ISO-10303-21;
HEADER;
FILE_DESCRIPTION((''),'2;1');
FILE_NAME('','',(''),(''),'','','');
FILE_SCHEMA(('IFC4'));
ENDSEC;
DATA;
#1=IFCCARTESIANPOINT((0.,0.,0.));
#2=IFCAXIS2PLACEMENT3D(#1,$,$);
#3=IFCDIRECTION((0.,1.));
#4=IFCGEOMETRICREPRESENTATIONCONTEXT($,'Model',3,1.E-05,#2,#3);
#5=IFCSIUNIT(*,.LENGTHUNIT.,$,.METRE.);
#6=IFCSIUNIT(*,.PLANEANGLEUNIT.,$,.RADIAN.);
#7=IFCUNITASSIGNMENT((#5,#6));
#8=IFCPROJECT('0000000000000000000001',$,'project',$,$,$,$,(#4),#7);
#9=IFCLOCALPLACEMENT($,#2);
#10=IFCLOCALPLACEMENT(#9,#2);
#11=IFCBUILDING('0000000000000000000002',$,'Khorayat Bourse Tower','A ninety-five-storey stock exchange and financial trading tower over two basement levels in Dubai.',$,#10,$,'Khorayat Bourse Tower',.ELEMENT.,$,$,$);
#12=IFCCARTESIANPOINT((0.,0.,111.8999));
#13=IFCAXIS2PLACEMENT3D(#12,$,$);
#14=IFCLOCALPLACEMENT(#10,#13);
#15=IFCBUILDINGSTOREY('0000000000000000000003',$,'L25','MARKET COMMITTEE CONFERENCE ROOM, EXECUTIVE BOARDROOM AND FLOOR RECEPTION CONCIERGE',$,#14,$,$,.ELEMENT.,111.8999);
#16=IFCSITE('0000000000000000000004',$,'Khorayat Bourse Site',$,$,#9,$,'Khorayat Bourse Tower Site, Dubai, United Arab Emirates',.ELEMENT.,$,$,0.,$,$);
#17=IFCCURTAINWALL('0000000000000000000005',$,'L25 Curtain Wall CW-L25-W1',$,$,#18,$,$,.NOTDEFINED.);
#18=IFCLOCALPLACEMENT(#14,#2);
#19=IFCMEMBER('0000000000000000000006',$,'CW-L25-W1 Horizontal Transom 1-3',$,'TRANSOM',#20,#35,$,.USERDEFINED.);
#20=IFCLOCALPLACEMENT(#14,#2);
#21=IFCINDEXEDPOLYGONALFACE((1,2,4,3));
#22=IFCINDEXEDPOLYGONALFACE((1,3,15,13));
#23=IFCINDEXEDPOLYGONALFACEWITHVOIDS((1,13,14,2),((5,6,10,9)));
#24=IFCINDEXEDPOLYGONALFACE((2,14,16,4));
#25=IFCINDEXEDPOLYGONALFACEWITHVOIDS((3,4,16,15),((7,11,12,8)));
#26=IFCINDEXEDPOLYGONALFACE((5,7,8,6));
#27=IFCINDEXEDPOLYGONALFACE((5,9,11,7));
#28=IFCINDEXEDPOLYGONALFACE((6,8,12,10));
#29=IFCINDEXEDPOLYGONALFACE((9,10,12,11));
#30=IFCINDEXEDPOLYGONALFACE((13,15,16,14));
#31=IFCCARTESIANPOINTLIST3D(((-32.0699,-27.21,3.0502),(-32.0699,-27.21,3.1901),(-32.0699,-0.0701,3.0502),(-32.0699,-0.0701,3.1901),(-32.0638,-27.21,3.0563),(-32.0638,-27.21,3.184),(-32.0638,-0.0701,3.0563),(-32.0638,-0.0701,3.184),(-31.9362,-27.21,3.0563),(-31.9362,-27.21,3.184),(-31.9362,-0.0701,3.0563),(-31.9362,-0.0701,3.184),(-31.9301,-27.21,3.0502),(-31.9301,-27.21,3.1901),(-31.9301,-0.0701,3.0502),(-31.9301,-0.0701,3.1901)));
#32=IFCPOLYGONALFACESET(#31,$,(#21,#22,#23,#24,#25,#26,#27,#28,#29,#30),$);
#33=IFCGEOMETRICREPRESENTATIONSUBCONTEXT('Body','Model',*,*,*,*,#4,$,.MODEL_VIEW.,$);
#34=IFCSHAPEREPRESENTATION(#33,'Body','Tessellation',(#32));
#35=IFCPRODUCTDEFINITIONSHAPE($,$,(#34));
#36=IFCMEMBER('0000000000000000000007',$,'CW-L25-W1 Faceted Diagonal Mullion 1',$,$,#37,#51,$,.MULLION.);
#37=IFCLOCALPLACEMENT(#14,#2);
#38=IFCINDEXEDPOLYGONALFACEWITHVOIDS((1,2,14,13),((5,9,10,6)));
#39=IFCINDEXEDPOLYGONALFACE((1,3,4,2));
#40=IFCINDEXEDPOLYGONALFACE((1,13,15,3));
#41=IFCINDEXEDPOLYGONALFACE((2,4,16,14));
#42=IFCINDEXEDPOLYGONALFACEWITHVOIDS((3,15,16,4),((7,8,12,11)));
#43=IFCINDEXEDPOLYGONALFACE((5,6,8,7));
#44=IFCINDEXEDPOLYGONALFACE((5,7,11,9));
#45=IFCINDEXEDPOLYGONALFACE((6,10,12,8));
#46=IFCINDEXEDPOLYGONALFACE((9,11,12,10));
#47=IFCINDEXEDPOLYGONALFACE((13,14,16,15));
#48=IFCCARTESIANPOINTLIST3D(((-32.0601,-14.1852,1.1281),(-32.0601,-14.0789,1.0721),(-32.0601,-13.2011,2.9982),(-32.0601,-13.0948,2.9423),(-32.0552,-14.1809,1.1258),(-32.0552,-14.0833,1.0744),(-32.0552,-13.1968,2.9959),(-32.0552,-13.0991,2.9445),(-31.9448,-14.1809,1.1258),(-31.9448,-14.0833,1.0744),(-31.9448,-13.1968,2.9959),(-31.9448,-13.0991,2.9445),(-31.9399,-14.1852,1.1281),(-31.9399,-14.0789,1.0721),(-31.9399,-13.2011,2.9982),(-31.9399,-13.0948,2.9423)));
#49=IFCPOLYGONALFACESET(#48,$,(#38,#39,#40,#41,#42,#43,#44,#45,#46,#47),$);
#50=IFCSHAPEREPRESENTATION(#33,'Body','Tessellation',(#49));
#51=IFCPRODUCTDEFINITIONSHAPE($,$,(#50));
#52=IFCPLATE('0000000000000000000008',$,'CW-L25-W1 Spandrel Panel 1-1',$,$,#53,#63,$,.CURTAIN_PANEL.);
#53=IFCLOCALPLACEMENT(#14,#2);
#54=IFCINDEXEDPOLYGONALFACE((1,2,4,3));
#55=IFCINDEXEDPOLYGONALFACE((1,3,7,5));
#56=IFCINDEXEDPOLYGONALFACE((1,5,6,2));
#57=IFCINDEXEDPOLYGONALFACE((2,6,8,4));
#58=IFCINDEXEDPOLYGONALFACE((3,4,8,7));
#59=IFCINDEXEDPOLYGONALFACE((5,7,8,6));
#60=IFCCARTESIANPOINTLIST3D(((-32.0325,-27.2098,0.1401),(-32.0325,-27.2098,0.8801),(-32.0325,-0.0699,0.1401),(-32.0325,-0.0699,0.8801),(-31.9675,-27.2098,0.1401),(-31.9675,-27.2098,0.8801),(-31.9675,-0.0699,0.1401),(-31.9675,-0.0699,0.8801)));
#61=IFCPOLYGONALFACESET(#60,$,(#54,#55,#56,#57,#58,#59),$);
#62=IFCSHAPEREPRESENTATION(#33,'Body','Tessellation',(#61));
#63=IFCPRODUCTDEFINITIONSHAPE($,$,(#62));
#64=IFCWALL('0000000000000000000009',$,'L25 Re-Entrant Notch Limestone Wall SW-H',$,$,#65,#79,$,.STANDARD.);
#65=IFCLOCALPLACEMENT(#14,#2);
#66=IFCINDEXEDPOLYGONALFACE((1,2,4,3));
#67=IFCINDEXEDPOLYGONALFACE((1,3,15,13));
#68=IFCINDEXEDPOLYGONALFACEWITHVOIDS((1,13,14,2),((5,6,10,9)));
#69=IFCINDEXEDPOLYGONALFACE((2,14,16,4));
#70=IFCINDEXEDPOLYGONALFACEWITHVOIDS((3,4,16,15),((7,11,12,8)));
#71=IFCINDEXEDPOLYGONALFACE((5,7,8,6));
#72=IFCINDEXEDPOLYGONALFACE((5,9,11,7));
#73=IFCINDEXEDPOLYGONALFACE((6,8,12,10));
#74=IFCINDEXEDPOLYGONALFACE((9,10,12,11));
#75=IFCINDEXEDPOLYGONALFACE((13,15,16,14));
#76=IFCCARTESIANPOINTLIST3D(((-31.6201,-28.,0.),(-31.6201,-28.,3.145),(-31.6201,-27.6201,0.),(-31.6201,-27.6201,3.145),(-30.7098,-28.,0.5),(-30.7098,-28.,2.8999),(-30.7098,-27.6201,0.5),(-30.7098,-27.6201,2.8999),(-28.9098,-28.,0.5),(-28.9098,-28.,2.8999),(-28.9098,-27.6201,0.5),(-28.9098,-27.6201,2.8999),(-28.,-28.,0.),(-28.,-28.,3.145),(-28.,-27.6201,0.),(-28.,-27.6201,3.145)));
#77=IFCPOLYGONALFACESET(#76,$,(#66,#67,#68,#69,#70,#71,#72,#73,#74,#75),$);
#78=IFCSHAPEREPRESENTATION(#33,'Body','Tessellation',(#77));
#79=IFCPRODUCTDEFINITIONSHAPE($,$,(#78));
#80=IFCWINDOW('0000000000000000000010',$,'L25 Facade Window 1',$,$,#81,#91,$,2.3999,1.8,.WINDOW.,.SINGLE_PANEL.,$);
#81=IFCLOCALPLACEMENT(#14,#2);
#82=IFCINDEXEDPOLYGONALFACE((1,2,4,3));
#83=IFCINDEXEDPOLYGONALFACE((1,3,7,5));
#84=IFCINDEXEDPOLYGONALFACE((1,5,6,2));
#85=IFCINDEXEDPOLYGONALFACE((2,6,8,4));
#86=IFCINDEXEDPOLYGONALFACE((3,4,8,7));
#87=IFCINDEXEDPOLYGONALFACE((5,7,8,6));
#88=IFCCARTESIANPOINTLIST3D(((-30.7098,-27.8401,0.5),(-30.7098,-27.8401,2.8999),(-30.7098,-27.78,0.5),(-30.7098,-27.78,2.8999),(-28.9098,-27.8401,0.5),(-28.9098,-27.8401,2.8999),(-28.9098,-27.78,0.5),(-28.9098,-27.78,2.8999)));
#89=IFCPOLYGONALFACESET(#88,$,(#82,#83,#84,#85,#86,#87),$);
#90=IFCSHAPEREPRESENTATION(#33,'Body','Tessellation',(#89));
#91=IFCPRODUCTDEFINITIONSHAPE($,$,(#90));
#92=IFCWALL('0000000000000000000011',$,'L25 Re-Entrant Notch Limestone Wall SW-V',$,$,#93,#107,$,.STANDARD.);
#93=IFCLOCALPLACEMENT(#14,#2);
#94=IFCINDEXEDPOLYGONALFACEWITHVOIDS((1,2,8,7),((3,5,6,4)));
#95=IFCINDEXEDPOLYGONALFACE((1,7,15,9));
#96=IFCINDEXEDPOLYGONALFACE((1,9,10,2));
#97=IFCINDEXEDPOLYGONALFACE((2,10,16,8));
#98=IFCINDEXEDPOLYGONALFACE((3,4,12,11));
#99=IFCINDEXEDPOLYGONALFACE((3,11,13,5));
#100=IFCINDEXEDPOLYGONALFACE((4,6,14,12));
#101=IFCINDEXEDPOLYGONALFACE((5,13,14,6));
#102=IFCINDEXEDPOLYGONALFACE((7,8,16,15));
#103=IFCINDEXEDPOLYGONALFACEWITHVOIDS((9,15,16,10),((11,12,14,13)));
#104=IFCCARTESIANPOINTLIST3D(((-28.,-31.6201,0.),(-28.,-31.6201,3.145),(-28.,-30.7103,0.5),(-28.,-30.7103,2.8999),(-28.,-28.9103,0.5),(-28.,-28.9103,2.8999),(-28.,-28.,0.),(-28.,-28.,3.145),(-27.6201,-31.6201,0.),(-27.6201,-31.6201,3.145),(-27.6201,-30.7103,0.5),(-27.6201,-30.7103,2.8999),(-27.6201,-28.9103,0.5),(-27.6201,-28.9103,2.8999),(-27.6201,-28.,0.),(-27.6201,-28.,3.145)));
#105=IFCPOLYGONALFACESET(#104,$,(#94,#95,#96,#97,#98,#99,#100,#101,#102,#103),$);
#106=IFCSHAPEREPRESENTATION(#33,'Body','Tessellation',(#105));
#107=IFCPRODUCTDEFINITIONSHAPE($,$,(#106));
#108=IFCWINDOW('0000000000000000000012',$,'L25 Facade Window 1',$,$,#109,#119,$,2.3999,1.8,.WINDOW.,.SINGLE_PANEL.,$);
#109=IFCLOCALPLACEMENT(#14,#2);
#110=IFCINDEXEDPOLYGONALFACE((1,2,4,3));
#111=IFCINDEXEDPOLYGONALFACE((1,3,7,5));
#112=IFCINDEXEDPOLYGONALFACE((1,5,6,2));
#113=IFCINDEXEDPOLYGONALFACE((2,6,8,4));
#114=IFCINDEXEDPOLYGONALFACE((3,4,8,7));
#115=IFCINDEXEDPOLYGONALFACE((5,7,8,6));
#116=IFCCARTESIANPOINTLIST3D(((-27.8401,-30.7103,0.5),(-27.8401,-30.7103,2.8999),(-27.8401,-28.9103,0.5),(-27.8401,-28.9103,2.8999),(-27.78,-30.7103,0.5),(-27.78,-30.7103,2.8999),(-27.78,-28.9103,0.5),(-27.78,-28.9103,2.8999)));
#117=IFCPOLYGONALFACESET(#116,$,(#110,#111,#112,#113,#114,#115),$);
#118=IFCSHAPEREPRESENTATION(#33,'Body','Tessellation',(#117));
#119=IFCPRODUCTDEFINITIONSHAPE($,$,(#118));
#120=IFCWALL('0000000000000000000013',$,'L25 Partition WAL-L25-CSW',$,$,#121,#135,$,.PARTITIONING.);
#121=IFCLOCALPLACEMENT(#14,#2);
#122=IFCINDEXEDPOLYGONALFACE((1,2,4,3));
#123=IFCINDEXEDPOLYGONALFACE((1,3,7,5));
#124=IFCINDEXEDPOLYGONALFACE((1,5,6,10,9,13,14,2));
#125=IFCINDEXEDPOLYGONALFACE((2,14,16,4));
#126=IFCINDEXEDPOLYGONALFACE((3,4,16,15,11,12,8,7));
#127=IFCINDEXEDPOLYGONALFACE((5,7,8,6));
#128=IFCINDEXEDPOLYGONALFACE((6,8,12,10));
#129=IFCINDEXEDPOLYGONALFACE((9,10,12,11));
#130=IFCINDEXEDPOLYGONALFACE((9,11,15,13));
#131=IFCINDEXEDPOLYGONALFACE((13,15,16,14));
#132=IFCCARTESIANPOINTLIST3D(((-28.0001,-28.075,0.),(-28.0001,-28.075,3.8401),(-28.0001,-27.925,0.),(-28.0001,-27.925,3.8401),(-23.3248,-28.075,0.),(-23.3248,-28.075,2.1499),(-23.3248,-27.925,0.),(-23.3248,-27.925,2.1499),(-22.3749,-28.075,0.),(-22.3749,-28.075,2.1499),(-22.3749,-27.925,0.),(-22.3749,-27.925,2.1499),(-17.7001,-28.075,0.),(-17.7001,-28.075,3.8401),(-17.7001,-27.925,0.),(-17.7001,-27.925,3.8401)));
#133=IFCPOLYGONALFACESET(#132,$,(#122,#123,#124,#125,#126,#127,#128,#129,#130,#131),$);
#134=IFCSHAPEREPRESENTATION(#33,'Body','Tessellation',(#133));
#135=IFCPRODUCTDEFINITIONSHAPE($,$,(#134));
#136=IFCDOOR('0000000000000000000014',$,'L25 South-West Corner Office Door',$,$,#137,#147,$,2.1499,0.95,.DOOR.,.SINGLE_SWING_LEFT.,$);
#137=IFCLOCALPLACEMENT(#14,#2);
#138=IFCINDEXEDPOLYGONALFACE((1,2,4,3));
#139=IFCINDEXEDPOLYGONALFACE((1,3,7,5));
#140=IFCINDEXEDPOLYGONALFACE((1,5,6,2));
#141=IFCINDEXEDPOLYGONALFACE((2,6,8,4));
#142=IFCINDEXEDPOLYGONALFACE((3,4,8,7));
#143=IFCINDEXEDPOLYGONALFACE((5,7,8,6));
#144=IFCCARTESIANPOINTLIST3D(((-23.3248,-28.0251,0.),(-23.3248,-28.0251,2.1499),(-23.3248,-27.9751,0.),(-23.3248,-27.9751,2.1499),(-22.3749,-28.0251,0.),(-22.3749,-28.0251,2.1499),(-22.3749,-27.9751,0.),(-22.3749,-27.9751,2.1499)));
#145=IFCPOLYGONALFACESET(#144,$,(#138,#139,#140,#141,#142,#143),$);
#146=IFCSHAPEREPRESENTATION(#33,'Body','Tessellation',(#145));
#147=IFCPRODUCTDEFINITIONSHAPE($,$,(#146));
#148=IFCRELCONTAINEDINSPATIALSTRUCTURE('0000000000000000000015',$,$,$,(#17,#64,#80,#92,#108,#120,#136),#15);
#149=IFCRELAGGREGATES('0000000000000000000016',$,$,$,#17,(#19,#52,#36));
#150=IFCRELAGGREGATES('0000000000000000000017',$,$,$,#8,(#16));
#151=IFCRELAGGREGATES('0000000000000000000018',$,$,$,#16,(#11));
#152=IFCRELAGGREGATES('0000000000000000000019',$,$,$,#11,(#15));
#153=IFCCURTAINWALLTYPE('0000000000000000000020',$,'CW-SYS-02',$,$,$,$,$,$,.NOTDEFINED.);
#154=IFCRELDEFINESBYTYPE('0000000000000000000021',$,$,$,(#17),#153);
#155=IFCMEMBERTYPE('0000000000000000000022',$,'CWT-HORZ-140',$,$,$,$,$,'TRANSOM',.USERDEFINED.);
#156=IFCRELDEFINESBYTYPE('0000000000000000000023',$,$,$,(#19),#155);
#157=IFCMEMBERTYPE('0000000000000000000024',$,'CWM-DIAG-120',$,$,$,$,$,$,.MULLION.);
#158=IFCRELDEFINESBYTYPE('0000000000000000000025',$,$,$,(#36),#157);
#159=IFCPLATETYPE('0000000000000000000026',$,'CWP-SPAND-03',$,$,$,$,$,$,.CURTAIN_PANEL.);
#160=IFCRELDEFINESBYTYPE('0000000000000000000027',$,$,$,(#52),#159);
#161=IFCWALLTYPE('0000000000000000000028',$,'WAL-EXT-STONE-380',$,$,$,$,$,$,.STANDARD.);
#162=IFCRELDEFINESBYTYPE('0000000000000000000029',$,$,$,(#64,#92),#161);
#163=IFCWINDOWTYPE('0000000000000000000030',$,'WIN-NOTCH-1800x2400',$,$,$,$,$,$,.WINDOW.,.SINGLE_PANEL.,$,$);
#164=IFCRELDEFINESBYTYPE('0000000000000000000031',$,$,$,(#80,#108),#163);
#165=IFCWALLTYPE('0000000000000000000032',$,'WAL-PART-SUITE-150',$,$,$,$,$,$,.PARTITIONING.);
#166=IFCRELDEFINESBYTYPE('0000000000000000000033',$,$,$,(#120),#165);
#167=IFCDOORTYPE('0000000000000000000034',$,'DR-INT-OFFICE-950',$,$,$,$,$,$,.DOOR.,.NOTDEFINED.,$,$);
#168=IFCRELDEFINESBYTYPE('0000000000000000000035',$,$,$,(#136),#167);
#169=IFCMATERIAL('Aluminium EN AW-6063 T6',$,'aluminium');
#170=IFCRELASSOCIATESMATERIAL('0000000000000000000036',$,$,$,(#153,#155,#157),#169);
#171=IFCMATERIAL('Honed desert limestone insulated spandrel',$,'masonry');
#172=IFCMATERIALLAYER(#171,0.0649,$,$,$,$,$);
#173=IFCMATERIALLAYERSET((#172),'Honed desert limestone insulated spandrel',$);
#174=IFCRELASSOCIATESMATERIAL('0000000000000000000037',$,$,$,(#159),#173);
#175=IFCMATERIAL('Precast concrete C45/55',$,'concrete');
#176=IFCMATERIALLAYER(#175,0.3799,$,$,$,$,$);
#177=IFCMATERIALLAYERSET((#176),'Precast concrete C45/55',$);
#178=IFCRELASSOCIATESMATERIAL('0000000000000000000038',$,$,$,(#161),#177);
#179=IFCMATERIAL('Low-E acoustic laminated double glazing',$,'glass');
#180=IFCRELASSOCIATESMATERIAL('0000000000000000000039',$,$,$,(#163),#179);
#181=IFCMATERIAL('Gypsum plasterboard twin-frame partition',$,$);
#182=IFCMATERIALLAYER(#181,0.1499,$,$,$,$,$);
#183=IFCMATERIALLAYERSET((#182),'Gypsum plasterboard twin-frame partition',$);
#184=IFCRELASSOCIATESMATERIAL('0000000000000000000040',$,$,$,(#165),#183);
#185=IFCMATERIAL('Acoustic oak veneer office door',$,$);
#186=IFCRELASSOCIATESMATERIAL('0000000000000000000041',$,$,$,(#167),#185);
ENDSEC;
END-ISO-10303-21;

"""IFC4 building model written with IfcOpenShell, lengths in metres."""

from ifc_helpers import new_model, si_unit, direction, frame, frame_2d, origin, origin_2d, place, context, subcontext, project, spatial, rectangle, hollow_rectangle, extrude, source, transform, mapped, material, layer, layer_set, material_profile, profile_set, type_object, element, fill, aggregate, save


model = new_model("IFC4")

# Units and contexts
model_context = context("Model", 3, precision=1e-05, world=origin(), true_north=direction((0.0, 1.0)))
body_context = subcontext(model_context, "Body", "Model", "MODEL_VIEW")
ifc_project = project(units=[si_unit("LENGTHUNIT", "METRE"), si_unit("PLANEANGLEUNIT", "RADIAN")], contexts=[model_context])

# Site, building, storey
site_placement = place(None, origin())
site = spatial("IfcSite", under=ifc_project, at=site_placement, Name="Khorayat Bourse Site", LongName="Khorayat Bourse Tower Site, Dubai, United Arab Emirates", CompositionType="ELEMENT", RefElevation=0.0)
building_placement = place(site_placement, origin())
building = spatial("IfcBuilding", under=site, at=building_placement, Name="Khorayat Bourse Tower", Description="A ninety-five-storey stock exchange and financial trading tower over two basement levels in Dubai.", LongName="Khorayat Bourse Tower", CompositionType="ELEMENT")
storey_placement = place(building_placement, frame((0.0, 0.0, 111.8999)))
storey = spatial("IfcBuildingStorey", under=building, at=storey_placement, Name="L25", Description="MARKET COMMITTEE CONFERENCE ROOM, EXECUTIVE BOARDROOM AND FLOOR RECEPTION CONCIERGE", CompositionType="ELEMENT", Elevation=111.8999)

# Curtain wall
ifc_material_1 = material(Name="Aluminium EN AW-6063 T6", Category="aluminium")
curtain_wall_type = type_object("IfcCurtainWallType", Name="CW-SYS-02", PredefinedType="NOTDEFINED", material=ifc_material_1)
curtain_wall_1_placement = place(storey_placement, origin())
curtain_wall_1 = element("IfcCurtainWall", 1, at=curtain_wall_1_placement, inside=storey, type_object=curtain_wall_type, Name="L25 Curtain Wall CW-L25-W1", PredefinedType="NOTDEFINED")

# Members
ifc_material_profile_1 = material_profile(ifc_material_1, hollow_rectangle(XDim=0.1399, YDim=0.1399, WallThickness=0.0061, at=origin_2d()), Name="ALU 140x140x6")
ifc_profile_set_1 = profile_set([ifc_material_profile_1], Name="Aluminium EN AW-6063 T6")
member_type_1 = type_object("IfcMemberType", Name="CWT-HORZ-140", ElementType="TRANSOM", PredefinedType="USERDEFINED", material=ifc_profile_set_1)
shared_shape_1 = source(origin(), body_context, "Body", "SweptSolid", [
    extrude(hollow_rectangle(XDim=0.1399, YDim=0.1399, WallThickness=0.0061, at=origin_2d()), origin(), (0.0, 0.0, 1.0), 27.1399),
])
member_1_placement = place(storey_placement, frame((-32.0, -27.21, 3.1201), z_axis=(0.0, 1.0, 0.0), x_axis=(-1.0, 0.0, 0.0)))
member_1 = element("IfcMember", 2, at=member_1_placement, type_object=member_type_1, Name="CW-L25-W1 Horizontal Transom 1-3", ObjectType="TRANSOM", PredefinedType="USERDEFINED", context=body_context, shape_type="MappedRepresentation", body=[
    mapped(shared_shape_1, transform((0.0, 0.0, 0.0), scale=1.0)),
])
ifc_material_profile_2 = material_profile(ifc_material_1, hollow_rectangle(XDim=0.1201, YDim=0.1201, WallThickness=0.0049, at=origin_2d()), Name="ALU 120x120x5")
ifc_profile_set_2 = profile_set([ifc_material_profile_2], Name="Aluminium EN AW-6063 T6")
member_type_2 = type_object("IfcMemberType", Name="CWM-DIAG-120", PredefinedType="MULLION", material=ifc_profile_set_2)
shared_shape_2 = source(origin(), body_context, "Body", "SweptSolid", [
    extrude(hollow_rectangle(XDim=0.1201, YDim=0.1201, WallThickness=0.0049, at=origin_2d()), origin(), (0.0, 0.0, 1.0), 2.1133),
])
member_2_placement = place(storey_placement, frame((-32.0, -14.1321, 1.1001), z_axis=(0.0, 0.465694, 0.884946), x_axis=(-1.0, 0.0, 0.0)))
member_2 = element("IfcMember", 3, at=member_2_placement, type_object=member_type_2, Name="CW-L25-W1 Faceted Diagonal Mullion 1", PredefinedType="MULLION", context=body_context, shape_type="MappedRepresentation", body=[
    mapped(shared_shape_2, transform((0.0, 0.0, 0.0), scale=1.0)),
])

# Plate
ifc_material_2 = material(Name="Honed desert limestone insulated spandrel", Category="masonry")
ifc_layer_1 = layer(ifc_material_2, 0.0649)
ifc_layer_set_1 = layer_set([ifc_layer_1], Name="Honed desert limestone insulated spandrel")
plate_type = type_object("IfcPlateType", Name="CWP-SPAND-03", PredefinedType="CURTAIN_PANEL", material=ifc_layer_set_1)
shared_shape_3 = source(origin(), body_context, "Body", "SweptSolid", [
    extrude(rectangle(XDim=27.1399, YDim=0.0649, at=origin_2d()), origin(), (0.0, 0.0, 1.0), 0.74),
])
plate_placement = place(storey_placement, frame((-32.0, -13.6399, 0.1401), z_axis=(0.0, 0.0, 1.0), x_axis=(0.0, 1.0, 0.0)))
plate = element("IfcPlate", 4, at=plate_placement, type_object=plate_type, Name="CW-L25-W1 Spandrel Panel 1-1", PredefinedType="CURTAIN_PANEL", context=body_context, shape_type="MappedRepresentation", body=[
    mapped(shared_shape_3, transform((0.0, 0.0, 0.0), scale=1.0)),
])
aggregate(curtain_wall_1, [member_1, plate, member_2])

# Walls, openings, windows
ifc_material_3 = material(Name="Precast concrete C45/55", Category="concrete")
ifc_layer_2 = layer(ifc_material_3, 0.3799)
ifc_layer_set_2 = layer_set([ifc_layer_2], Name="Precast concrete C45/55")
wall_type_1 = type_object("IfcWallType", Name="WAL-EXT-STONE-380", PredefinedType="STANDARD", material=ifc_layer_set_2)
shared_shape_4 = source(origin(), body_context, "Body", "SweptSolid", [
    extrude(rectangle(XDim=3.6201, YDim=0.3799, at=frame_2d((1.8101, 0.0))), origin(), (0.0, 0.0, 1.0), 3.145),
])
wall_1_placement = place(storey_placement, frame((-28.0, -27.8101, 0.0), z_axis=(0.0, 0.0, 1.0), x_axis=(-1.0, 0.0, 0.0)))
wall_1 = element("IfcWall", 5, at=wall_1_placement, inside=storey, type_object=wall_type_1, Name="L25 Re-Entrant Notch Limestone Wall SW-H", PredefinedType="STANDARD", context=body_context, shape_type="MappedRepresentation", body=[
    mapped(shared_shape_4, transform((0.0, 0.0, 0.0), scale=1.0)),
])
shared_shape_5 = source(origin(), body_context, "Body", "SweptSolid", [
    extrude(rectangle(XDim=1.8, YDim=2.3999, at=frame_2d((0.8999, 1.2))), frame((0.0, 0.2, 0.0), z_axis=(0.0, -1.0, 0.0), x_axis=(1.0, 0.0, 0.0)), (0.0, 0.0, 1.0), 0.3999),
])
opening_1_placement = place(wall_1_placement, frame((0.9099, 0.0, 0.5)))
opening_1 = element("IfcOpeningElement", 6, at=opening_1_placement, cuts=wall_1, PredefinedType="OPENING", context=body_context, shape_type="MappedRepresentation", body=[
    mapped(shared_shape_5, transform((0.0, 0.0, 0.0), scale=1.0)),
])
ifc_material_4 = material(Name="Low-E acoustic laminated double glazing", Category="glass")
window_type = type_object("IfcWindowType", Name="WIN-NOTCH-1800x2400", PartitioningType="SINGLE_PANEL", PredefinedType="WINDOW", material=ifc_material_4)
shared_shape_6 = source(origin(), body_context, "Body", "SweptSolid", [
    extrude(rectangle(XDim=1.8, YDim=2.3999, at=frame_2d((0.8999, 1.2))), frame((0.0, 0.03, 0.0), z_axis=(0.0, -1.0, 0.0), x_axis=(1.0, 0.0, 0.0)), (0.0, 0.0, 1.0), 0.0601),
])
window_1_placement = place(opening_1_placement, origin())
window_1 = element("IfcWindow", 7, at=window_1_placement, inside=storey, type_object=window_type, Name="L25 Facade Window 1", OverallHeight=2.3999, OverallWidth=1.8, PartitioningType="SINGLE_PANEL", PredefinedType="WINDOW", context=body_context, shape_type="MappedRepresentation", body=[
    mapped(shared_shape_6, transform((0.0, 0.0, 0.0), scale=1.0)),
])
fill(opening_1, window_1)
wall_2_placement = place(storey_placement, frame((-27.8101, -31.6201, 0.0), z_axis=(0.0, 0.0, 1.0), x_axis=(0.0, 1.0, 0.0)))
wall_2 = element("IfcWall", 8, at=wall_2_placement, inside=storey, type_object=wall_type_1, Name="L25 Re-Entrant Notch Limestone Wall SW-V", PredefinedType="STANDARD", context=body_context, shape_type="MappedRepresentation", body=[
    mapped(shared_shape_4, transform((0.0, 0.0, 0.0), scale=1.0)),
])
opening_2_placement = place(wall_2_placement, frame((0.9099, 0.0, 0.5)))
opening_2 = element("IfcOpeningElement", 9, at=opening_2_placement, cuts=wall_2, PredefinedType="OPENING", context=body_context, shape_type="MappedRepresentation", body=[
    mapped(shared_shape_5, transform((0.0, 0.0, 0.0), scale=1.0)),
])
window_2_placement = place(opening_2_placement, origin())
window_2 = element("IfcWindow", 10, at=window_2_placement, inside=storey, type_object=window_type, Name="L25 Facade Window 1", OverallHeight=2.3999, OverallWidth=1.8, PartitioningType="SINGLE_PANEL", PredefinedType="WINDOW", context=body_context, shape_type="MappedRepresentation", body=[
    mapped(shared_shape_6, transform((0.0, 0.0, 0.0), scale=1.0)),
])
fill(opening_2, window_2)

# Wall, opening, door
ifc_material_5 = material(Name="Gypsum plasterboard twin-frame partition")
ifc_layer_3 = layer(ifc_material_5, 0.1499)
ifc_layer_set_3 = layer_set([ifc_layer_3], Name="Gypsum plasterboard twin-frame partition")
wall_type_2 = type_object("IfcWallType", Name="WAL-PART-SUITE-150", PredefinedType="PARTITIONING", material=ifc_layer_set_3)
shared_shape_7 = source(origin(), body_context, "Body", "SweptSolid", [
    extrude(rectangle(XDim=10.3, YDim=0.1499, at=frame_2d((5.1499, 0.0))), origin(), (0.0, 0.0, 1.0), 3.8401),
])
wall_3_placement = place(storey_placement, frame((-28.0, -28.0, 0.0), z_axis=(0.0, 0.0, 1.0), x_axis=(1.0, 0.0, 0.0)))
wall_3 = element("IfcWall", 11, at=wall_3_placement, inside=storey, type_object=wall_type_2, Name="L25 Partition WAL-L25-CSW", PredefinedType="PARTITIONING", context=body_context, shape_type="MappedRepresentation", body=[
    mapped(shared_shape_7, transform((0.0, 0.0, 0.0), scale=1.0)),
])
shared_shape_8 = source(origin(), body_context, "Body", "SweptSolid", [
    extrude(rectangle(XDim=0.95, YDim=2.1499, at=frame_2d((0.4751, 1.075))), frame((0.0, 0.085, 0.0), z_axis=(0.0, -1.0, 0.0), x_axis=(1.0, 0.0, 0.0)), (0.0, 0.0, 1.0), 0.1699),
])
opening_3_placement = place(wall_3_placement, frame((4.675, 0.0, 0.0)))
opening_3 = element("IfcOpeningElement", 12, at=opening_3_placement, cuts=wall_3, PredefinedType="OPENING", context=body_context, shape_type="MappedRepresentation", body=[
    mapped(shared_shape_8, transform((0.0, 0.0, 0.0), scale=1.0)),
])
ifc_material_6 = material(Name="Acoustic oak veneer office door")
door_type = type_object("IfcDoorType", Name="DR-INT-OFFICE-950", OperationType="NOTDEFINED", PredefinedType="DOOR", material=ifc_material_6)
shared_shape_9 = source(origin(), body_context, "Body", "SweptSolid", [
    extrude(rectangle(XDim=0.95, YDim=2.1499, at=frame_2d((0.4751, 1.075))), frame((0.0, 0.0249, 0.0), z_axis=(0.0, -1.0, 0.0), x_axis=(1.0, 0.0, 0.0)), (0.0, 0.0, 1.0), 0.05),
])
door_placement = place(opening_3_placement, origin())
door = element("IfcDoor", 13, at=door_placement, inside=storey, type_object=door_type, Name="L25 South-West Corner Office Door", OperationType="SINGLE_SWING_LEFT", OverallHeight=2.1499, OverallWidth=0.95, PredefinedType="DOOR", context=body_context, shape_type="MappedRepresentation", body=[
    mapped(shared_shape_9, transform((0.0, 0.0, 0.0), scale=1.0)),
])
fill(opening_3, door)

save(model, "model.ifc")
